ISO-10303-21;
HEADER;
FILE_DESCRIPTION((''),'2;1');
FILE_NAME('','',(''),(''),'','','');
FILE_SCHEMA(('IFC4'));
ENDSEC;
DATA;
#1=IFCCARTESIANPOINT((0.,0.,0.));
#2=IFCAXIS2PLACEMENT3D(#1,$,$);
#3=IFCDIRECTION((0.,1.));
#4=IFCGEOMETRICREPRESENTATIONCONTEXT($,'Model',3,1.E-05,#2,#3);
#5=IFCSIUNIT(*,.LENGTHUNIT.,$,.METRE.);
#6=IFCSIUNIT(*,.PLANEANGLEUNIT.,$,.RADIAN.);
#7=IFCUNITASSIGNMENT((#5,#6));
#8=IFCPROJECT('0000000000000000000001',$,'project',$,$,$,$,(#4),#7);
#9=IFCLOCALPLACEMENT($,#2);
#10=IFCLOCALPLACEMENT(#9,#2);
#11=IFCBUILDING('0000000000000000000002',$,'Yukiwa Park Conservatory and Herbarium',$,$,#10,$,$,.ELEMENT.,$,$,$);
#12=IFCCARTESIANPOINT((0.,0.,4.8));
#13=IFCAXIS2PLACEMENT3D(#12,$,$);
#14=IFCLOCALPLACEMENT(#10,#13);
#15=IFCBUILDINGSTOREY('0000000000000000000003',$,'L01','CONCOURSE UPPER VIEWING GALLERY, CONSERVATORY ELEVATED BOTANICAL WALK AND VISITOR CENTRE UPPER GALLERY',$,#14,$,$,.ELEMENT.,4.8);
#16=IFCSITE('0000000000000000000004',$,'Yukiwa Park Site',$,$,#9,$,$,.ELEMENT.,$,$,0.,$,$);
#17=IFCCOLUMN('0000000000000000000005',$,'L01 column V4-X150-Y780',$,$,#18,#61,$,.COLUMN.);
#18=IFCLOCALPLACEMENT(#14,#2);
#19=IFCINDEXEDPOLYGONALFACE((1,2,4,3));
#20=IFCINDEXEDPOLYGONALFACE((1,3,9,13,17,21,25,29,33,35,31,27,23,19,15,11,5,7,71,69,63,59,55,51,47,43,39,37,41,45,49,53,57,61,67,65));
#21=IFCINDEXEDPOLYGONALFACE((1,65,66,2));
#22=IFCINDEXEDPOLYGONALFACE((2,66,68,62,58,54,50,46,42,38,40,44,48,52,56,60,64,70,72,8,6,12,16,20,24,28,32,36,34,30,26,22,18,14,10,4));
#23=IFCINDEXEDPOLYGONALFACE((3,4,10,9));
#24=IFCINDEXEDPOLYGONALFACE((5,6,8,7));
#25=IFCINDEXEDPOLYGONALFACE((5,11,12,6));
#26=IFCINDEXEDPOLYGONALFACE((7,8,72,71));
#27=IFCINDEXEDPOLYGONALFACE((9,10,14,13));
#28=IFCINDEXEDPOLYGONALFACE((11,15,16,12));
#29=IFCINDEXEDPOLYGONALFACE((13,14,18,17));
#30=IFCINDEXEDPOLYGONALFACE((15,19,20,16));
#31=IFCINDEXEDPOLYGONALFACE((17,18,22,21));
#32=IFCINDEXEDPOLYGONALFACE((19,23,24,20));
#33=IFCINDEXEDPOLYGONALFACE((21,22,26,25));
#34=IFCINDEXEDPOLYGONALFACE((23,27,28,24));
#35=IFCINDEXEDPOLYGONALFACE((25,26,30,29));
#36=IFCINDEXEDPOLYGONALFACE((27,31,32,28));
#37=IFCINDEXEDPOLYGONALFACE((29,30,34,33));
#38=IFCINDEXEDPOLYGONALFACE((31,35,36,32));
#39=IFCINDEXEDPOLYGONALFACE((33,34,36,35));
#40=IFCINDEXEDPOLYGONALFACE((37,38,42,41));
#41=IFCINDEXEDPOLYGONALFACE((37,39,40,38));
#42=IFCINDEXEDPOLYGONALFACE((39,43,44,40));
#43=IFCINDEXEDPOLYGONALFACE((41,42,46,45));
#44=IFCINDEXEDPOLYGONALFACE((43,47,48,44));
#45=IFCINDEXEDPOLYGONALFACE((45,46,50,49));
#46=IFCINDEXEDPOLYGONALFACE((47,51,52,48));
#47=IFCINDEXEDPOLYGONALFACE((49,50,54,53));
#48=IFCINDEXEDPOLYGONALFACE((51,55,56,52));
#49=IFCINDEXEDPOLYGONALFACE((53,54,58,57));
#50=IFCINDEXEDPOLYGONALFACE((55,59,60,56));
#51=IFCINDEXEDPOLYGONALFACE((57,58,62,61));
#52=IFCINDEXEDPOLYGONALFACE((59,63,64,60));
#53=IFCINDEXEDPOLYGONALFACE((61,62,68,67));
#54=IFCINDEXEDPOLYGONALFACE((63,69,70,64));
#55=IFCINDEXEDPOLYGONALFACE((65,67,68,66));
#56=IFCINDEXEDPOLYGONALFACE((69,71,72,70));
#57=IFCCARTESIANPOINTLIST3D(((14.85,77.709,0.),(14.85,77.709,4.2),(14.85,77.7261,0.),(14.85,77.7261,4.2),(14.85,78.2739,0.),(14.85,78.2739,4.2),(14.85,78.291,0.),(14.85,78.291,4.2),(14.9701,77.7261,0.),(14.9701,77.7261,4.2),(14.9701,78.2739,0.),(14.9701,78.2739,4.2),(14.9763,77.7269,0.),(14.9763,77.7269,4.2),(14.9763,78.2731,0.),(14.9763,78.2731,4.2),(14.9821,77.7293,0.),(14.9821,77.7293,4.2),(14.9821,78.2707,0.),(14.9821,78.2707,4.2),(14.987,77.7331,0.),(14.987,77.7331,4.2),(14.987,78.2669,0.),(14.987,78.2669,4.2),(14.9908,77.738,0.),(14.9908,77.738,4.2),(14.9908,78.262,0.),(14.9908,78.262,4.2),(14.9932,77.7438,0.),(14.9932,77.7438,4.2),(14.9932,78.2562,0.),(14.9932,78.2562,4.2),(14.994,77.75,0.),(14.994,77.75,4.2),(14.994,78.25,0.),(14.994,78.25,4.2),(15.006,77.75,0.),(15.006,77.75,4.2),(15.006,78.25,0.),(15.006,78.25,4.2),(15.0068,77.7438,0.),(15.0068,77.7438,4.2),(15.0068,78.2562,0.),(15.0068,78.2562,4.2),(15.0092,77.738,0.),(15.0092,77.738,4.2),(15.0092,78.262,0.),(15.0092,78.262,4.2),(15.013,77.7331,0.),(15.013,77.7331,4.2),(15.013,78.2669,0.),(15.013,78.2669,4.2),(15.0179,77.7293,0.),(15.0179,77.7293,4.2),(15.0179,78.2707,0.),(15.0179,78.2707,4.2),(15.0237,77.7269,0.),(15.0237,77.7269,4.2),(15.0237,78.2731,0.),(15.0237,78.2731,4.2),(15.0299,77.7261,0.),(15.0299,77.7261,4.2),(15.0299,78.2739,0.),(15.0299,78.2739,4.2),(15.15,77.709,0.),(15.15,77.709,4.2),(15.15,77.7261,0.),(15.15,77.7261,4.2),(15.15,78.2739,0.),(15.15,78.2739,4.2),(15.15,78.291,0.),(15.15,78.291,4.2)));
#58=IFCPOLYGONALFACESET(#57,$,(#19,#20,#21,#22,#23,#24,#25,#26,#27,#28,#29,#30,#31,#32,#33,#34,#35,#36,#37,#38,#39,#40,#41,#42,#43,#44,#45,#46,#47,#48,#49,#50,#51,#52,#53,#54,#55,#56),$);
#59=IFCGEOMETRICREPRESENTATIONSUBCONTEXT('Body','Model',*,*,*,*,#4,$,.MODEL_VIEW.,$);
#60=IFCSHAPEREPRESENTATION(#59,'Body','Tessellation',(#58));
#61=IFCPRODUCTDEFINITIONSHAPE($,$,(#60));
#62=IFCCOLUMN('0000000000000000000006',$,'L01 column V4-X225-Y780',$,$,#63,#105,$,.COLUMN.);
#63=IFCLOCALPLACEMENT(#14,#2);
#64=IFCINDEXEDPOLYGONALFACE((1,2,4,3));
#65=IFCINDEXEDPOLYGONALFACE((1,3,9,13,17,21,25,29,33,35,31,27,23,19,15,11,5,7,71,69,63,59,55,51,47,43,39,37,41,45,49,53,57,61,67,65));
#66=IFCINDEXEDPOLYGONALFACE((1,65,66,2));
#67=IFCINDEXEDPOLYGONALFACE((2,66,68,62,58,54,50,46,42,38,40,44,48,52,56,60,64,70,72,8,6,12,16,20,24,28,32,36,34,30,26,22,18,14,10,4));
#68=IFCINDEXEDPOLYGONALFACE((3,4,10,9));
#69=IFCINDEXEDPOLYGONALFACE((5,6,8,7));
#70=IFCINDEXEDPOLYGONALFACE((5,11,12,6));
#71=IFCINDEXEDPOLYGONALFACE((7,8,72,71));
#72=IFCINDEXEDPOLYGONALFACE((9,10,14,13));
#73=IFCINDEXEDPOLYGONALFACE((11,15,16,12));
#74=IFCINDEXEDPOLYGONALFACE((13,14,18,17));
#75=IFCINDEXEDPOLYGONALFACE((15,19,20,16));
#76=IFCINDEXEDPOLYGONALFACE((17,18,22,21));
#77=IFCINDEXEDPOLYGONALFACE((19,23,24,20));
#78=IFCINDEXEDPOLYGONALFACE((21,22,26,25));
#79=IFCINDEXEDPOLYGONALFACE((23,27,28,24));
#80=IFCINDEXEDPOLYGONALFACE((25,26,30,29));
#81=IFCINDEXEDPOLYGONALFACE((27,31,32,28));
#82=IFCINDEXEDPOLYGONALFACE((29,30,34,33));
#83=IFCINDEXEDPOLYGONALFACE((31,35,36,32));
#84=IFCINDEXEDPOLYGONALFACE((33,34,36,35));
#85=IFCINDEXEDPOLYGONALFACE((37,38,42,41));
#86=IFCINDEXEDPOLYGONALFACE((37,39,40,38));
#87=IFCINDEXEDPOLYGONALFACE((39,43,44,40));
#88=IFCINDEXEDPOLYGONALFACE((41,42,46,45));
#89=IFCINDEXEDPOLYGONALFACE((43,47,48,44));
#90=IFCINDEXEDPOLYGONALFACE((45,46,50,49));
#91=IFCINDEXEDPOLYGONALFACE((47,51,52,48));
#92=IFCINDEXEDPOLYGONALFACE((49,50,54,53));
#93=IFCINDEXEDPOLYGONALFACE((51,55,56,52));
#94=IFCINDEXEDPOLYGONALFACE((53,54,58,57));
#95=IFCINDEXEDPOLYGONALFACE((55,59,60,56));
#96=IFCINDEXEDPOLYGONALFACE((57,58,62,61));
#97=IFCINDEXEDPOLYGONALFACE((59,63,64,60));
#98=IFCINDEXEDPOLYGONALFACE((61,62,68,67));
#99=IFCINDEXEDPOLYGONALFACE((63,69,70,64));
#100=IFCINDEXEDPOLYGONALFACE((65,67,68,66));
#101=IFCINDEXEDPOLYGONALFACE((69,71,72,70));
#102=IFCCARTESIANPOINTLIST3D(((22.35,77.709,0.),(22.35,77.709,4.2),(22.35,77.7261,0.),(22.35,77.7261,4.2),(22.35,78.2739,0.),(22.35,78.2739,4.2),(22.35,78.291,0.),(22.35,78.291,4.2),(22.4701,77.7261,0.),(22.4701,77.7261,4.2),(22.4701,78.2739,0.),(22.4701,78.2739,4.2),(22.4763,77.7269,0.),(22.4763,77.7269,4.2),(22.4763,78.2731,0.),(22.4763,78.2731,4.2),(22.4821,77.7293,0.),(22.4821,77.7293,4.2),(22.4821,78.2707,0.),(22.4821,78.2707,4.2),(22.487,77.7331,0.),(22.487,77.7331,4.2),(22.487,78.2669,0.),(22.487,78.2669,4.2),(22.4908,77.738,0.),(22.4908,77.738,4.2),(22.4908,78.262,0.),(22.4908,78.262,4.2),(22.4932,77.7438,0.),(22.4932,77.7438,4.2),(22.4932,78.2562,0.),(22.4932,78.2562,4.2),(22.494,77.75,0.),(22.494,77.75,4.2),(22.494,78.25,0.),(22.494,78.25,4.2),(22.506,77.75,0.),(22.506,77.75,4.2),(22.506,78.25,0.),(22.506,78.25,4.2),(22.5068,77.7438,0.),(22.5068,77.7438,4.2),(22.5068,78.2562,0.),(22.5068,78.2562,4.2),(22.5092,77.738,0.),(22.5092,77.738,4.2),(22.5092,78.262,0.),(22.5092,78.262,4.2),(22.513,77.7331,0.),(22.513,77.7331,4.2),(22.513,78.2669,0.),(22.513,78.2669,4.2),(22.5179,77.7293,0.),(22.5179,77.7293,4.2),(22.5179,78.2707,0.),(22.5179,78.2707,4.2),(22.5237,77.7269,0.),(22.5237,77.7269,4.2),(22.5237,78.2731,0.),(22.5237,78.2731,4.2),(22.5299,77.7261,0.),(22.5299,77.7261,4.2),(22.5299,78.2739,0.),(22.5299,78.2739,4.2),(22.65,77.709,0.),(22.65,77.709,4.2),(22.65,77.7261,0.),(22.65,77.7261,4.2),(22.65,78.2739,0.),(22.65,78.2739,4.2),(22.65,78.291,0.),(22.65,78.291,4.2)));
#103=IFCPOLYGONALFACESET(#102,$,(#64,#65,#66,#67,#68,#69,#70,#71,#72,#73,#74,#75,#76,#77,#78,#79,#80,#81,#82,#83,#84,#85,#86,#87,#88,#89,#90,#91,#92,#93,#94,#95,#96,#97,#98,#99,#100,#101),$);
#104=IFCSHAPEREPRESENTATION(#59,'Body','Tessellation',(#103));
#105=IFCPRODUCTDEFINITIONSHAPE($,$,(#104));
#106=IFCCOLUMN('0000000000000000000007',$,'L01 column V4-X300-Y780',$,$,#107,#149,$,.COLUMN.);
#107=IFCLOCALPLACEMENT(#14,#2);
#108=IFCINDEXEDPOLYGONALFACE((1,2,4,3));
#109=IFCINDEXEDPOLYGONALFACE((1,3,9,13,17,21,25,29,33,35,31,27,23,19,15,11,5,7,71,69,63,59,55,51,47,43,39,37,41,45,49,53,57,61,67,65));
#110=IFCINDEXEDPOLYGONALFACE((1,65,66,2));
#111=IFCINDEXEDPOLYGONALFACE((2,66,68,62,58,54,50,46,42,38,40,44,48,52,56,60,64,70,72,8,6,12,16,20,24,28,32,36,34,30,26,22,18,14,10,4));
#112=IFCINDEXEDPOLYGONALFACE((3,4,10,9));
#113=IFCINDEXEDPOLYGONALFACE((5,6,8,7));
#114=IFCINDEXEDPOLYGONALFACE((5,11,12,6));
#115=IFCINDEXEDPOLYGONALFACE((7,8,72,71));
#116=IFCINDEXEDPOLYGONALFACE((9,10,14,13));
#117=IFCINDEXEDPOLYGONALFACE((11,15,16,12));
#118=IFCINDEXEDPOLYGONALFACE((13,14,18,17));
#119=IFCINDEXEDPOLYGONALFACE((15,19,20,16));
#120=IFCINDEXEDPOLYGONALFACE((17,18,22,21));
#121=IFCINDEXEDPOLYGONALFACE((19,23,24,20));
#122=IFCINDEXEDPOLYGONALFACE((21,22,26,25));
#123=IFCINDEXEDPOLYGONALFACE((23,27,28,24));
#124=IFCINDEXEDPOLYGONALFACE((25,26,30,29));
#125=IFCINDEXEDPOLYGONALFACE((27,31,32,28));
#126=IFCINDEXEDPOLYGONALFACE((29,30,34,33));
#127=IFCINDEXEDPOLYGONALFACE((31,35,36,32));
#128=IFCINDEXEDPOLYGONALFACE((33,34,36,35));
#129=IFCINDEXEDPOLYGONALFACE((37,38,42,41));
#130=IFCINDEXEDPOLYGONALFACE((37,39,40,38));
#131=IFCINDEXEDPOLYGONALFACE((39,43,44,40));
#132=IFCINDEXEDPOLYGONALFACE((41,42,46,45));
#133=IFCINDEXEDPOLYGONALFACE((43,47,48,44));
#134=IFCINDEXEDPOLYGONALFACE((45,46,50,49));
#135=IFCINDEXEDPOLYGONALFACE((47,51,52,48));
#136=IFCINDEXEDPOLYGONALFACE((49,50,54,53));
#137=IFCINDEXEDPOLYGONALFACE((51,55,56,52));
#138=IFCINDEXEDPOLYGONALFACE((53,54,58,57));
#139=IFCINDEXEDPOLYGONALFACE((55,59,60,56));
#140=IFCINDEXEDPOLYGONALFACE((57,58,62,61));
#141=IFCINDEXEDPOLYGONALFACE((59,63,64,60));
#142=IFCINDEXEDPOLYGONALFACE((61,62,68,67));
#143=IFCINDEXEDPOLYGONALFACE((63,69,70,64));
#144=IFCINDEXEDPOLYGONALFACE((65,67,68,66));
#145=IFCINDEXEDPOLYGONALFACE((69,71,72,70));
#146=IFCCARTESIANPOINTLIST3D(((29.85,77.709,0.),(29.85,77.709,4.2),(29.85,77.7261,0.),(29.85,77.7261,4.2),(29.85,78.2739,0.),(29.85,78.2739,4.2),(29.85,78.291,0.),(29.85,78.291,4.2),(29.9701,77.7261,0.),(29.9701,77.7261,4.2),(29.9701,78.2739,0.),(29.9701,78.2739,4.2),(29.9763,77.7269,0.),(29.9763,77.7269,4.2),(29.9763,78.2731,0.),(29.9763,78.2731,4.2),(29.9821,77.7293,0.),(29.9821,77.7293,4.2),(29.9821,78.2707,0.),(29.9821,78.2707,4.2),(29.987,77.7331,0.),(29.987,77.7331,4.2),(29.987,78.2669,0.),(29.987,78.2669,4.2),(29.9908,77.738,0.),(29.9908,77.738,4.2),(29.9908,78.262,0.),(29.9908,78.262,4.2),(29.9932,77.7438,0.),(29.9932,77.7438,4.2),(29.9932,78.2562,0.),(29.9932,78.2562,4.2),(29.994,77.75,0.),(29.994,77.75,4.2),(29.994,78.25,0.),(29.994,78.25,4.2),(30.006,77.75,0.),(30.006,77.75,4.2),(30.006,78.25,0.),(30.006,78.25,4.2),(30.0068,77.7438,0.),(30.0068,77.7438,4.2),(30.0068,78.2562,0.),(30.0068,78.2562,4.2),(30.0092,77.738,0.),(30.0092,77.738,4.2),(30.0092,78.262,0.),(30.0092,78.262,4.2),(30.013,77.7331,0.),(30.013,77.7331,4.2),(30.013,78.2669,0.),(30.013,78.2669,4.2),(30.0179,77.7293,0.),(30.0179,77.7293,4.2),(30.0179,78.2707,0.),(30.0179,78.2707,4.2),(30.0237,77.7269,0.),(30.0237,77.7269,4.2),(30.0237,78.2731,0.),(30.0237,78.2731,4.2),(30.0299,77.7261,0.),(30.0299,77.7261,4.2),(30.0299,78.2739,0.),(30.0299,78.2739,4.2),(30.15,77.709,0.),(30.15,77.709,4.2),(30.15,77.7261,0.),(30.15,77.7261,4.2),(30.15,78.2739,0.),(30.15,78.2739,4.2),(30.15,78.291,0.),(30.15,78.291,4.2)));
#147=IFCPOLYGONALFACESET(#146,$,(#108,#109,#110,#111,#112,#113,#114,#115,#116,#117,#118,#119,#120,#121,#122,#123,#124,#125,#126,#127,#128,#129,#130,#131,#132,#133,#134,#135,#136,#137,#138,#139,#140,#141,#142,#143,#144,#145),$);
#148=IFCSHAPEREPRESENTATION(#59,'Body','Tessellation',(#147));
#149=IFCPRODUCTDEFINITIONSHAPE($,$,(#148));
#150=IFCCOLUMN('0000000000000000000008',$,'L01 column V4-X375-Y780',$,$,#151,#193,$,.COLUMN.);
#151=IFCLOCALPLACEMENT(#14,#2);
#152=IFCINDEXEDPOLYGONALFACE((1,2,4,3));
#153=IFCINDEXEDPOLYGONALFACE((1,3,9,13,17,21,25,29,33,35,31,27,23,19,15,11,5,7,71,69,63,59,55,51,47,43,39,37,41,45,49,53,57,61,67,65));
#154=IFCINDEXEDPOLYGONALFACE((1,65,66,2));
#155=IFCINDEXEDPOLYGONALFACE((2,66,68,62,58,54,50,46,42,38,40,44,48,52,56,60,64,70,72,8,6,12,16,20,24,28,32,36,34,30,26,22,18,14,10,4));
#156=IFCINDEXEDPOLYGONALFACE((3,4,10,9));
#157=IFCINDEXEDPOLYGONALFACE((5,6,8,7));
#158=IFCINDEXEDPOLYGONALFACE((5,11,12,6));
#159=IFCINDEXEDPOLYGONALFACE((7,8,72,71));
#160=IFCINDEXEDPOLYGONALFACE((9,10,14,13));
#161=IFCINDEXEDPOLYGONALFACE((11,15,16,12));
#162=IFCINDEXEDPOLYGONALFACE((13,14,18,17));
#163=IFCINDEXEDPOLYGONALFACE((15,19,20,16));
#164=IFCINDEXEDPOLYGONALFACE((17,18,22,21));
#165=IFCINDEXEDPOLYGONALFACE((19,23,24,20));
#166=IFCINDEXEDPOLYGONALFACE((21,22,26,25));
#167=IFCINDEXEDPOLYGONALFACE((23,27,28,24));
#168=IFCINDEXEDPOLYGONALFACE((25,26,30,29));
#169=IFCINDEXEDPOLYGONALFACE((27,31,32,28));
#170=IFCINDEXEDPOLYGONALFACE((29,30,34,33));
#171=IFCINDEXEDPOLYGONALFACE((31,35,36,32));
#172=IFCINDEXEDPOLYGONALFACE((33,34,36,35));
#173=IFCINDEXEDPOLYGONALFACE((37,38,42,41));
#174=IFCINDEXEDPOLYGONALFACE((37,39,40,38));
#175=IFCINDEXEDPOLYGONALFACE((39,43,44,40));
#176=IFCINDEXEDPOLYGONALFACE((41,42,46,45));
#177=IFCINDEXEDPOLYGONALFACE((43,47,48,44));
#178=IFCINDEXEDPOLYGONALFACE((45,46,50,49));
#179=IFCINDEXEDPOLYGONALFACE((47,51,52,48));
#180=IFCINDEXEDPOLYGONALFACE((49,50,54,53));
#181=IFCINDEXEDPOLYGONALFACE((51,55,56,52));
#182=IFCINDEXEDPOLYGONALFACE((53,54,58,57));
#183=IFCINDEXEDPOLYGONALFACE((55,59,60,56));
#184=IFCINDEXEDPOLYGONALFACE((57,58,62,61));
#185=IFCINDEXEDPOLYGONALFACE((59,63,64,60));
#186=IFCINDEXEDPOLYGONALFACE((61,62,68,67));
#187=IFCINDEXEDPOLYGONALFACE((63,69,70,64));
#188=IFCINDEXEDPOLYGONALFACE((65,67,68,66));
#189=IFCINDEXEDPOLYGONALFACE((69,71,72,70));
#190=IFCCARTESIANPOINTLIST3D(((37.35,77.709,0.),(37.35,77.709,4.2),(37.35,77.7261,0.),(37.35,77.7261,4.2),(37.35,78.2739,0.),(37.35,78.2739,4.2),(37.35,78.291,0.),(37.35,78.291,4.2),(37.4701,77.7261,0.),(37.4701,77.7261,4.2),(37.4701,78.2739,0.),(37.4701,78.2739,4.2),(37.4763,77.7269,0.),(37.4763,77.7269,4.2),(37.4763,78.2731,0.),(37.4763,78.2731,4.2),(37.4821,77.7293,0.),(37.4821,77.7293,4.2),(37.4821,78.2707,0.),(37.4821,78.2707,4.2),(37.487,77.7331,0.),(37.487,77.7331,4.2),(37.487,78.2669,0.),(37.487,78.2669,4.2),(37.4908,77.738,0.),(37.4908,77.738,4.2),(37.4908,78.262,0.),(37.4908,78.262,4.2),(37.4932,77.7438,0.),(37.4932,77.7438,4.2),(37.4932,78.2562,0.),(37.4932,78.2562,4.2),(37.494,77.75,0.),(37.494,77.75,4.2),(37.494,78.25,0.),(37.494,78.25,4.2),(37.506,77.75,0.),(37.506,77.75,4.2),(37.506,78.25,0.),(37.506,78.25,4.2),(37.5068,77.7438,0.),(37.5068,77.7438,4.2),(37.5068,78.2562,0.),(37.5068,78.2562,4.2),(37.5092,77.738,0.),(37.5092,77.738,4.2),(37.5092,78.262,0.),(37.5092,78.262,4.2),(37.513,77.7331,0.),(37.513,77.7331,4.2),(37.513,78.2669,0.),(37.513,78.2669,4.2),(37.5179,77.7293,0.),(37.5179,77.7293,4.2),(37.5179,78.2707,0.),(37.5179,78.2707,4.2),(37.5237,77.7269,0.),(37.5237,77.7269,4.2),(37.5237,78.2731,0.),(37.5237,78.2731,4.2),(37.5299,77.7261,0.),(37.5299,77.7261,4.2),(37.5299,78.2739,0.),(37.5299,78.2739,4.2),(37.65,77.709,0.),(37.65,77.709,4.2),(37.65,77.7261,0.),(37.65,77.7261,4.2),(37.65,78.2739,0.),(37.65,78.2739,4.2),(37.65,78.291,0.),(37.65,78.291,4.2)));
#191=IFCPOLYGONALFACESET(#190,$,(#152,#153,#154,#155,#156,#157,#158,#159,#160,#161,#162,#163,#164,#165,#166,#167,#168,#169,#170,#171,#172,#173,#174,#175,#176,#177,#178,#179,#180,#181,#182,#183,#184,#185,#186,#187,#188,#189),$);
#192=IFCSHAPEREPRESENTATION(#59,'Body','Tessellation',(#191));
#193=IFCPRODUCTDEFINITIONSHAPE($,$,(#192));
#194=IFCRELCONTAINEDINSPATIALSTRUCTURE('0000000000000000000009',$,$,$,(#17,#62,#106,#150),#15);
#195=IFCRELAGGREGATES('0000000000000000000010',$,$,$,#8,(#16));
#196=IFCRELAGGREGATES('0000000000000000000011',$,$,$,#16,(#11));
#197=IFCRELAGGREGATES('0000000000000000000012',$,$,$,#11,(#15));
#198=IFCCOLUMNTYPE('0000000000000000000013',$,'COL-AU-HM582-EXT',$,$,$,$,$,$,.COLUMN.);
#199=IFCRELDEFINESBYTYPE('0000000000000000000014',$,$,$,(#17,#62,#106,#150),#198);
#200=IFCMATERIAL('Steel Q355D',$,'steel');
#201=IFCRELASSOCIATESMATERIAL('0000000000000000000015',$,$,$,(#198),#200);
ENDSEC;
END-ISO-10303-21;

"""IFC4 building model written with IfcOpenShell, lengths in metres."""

from ifc_helpers import new_model, si_unit, direction, frame, origin, origin_2d, place, context, subcontext, project, spatial, i_section, extrude, material, material_profile, profile_set, type_object, element, save


model = new_model("IFC4")

# Units and contexts
model_context = context("Model", 3, precision=1e-05, world=origin(), true_north=direction((0.0, 1.0)))
body_context = subcontext(model_context, "Body", "Model", "MODEL_VIEW")
ifc_project = project(units=[si_unit("LENGTHUNIT", "METRE"), si_unit("PLANEANGLEUNIT", "RADIAN")], contexts=[model_context])

# Site, building, storey
site_placement = place(None, origin())
site = spatial("IfcSite", under=ifc_project, at=site_placement, Name="Yukiwa Park Site", CompositionType="ELEMENT", RefElevation=0.0)
building_placement = place(site_placement, origin())
building = spatial("IfcBuilding", under=site, at=building_placement, Name="Yukiwa Park Conservatory and Herbarium", CompositionType="ELEMENT")
storey_placement = place(building_placement, frame((0.0, 0.0, 4.8)))
storey = spatial("IfcBuildingStorey", under=building, at=storey_placement, Name="L01", Description="CONCOURSE UPPER VIEWING GALLERY, CONSERVATORY ELEVATED BOTANICAL WALK AND VISITOR CENTRE UPPER GALLERY", CompositionType="ELEMENT", Elevation=4.8)

# Columns
ifc_material_1 = material(Name="Steel Q355D", Category="steel")
ifc_material_profile_1 = material_profile(ifc_material_1, i_section(OverallWidth=0.3, OverallDepth=0.582, WebThickness=0.012, FlangeThickness=0.0171, FilletRadius=0.0239, at=origin_2d()), Name="HM 582x300x12x17")
ifc_profile_set_1 = profile_set([ifc_material_profile_1], Name="Steel Q355D")
column_type = type_object("IfcColumnType", Name="COL-AU-HM582-EXT", PredefinedType="COLUMN", material=ifc_profile_set_1)
for number, where, z_axis, x_axis, name in (
    (1, (15.0, 78.0, 0.0), (0.0, 0.0, 1.0), (1.0, 0.0, 0.0), "L01 column V4-X150-Y780"),
    (2, (22.5, 78.0, 0.0), (0.0, 0.0, 1.0), (1.0, 0.0, 0.0), "L01 column V4-X225-Y780"),
    (3, (30.0, 78.0, 0.0), (0.0, 0.0, 1.0), (1.0, 0.0, 0.0), "L01 column V4-X300-Y780"),
    (4, (37.5, 78.0, 0.0), (0.0, 0.0, 1.0), (1.0, 0.0, 0.0), "L01 column V4-X375-Y780"),
):
    element("IfcColumn", number, at=place(storey_placement, frame(where, z_axis=z_axis, x_axis=x_axis)), inside=storey, type_object=column_type, Name=name, PredefinedType="COLUMN", context=body_context, shape_type="SweptSolid", body=[
        extrude(i_section(OverallWidth=0.3, OverallDepth=0.582, WebThickness=0.012, FlangeThickness=0.0171, FilletRadius=0.0239, at=origin_2d()), origin(), (0.0, 0.0, 1.0), 4.2),
    ])

save(model, "model.ifc")
